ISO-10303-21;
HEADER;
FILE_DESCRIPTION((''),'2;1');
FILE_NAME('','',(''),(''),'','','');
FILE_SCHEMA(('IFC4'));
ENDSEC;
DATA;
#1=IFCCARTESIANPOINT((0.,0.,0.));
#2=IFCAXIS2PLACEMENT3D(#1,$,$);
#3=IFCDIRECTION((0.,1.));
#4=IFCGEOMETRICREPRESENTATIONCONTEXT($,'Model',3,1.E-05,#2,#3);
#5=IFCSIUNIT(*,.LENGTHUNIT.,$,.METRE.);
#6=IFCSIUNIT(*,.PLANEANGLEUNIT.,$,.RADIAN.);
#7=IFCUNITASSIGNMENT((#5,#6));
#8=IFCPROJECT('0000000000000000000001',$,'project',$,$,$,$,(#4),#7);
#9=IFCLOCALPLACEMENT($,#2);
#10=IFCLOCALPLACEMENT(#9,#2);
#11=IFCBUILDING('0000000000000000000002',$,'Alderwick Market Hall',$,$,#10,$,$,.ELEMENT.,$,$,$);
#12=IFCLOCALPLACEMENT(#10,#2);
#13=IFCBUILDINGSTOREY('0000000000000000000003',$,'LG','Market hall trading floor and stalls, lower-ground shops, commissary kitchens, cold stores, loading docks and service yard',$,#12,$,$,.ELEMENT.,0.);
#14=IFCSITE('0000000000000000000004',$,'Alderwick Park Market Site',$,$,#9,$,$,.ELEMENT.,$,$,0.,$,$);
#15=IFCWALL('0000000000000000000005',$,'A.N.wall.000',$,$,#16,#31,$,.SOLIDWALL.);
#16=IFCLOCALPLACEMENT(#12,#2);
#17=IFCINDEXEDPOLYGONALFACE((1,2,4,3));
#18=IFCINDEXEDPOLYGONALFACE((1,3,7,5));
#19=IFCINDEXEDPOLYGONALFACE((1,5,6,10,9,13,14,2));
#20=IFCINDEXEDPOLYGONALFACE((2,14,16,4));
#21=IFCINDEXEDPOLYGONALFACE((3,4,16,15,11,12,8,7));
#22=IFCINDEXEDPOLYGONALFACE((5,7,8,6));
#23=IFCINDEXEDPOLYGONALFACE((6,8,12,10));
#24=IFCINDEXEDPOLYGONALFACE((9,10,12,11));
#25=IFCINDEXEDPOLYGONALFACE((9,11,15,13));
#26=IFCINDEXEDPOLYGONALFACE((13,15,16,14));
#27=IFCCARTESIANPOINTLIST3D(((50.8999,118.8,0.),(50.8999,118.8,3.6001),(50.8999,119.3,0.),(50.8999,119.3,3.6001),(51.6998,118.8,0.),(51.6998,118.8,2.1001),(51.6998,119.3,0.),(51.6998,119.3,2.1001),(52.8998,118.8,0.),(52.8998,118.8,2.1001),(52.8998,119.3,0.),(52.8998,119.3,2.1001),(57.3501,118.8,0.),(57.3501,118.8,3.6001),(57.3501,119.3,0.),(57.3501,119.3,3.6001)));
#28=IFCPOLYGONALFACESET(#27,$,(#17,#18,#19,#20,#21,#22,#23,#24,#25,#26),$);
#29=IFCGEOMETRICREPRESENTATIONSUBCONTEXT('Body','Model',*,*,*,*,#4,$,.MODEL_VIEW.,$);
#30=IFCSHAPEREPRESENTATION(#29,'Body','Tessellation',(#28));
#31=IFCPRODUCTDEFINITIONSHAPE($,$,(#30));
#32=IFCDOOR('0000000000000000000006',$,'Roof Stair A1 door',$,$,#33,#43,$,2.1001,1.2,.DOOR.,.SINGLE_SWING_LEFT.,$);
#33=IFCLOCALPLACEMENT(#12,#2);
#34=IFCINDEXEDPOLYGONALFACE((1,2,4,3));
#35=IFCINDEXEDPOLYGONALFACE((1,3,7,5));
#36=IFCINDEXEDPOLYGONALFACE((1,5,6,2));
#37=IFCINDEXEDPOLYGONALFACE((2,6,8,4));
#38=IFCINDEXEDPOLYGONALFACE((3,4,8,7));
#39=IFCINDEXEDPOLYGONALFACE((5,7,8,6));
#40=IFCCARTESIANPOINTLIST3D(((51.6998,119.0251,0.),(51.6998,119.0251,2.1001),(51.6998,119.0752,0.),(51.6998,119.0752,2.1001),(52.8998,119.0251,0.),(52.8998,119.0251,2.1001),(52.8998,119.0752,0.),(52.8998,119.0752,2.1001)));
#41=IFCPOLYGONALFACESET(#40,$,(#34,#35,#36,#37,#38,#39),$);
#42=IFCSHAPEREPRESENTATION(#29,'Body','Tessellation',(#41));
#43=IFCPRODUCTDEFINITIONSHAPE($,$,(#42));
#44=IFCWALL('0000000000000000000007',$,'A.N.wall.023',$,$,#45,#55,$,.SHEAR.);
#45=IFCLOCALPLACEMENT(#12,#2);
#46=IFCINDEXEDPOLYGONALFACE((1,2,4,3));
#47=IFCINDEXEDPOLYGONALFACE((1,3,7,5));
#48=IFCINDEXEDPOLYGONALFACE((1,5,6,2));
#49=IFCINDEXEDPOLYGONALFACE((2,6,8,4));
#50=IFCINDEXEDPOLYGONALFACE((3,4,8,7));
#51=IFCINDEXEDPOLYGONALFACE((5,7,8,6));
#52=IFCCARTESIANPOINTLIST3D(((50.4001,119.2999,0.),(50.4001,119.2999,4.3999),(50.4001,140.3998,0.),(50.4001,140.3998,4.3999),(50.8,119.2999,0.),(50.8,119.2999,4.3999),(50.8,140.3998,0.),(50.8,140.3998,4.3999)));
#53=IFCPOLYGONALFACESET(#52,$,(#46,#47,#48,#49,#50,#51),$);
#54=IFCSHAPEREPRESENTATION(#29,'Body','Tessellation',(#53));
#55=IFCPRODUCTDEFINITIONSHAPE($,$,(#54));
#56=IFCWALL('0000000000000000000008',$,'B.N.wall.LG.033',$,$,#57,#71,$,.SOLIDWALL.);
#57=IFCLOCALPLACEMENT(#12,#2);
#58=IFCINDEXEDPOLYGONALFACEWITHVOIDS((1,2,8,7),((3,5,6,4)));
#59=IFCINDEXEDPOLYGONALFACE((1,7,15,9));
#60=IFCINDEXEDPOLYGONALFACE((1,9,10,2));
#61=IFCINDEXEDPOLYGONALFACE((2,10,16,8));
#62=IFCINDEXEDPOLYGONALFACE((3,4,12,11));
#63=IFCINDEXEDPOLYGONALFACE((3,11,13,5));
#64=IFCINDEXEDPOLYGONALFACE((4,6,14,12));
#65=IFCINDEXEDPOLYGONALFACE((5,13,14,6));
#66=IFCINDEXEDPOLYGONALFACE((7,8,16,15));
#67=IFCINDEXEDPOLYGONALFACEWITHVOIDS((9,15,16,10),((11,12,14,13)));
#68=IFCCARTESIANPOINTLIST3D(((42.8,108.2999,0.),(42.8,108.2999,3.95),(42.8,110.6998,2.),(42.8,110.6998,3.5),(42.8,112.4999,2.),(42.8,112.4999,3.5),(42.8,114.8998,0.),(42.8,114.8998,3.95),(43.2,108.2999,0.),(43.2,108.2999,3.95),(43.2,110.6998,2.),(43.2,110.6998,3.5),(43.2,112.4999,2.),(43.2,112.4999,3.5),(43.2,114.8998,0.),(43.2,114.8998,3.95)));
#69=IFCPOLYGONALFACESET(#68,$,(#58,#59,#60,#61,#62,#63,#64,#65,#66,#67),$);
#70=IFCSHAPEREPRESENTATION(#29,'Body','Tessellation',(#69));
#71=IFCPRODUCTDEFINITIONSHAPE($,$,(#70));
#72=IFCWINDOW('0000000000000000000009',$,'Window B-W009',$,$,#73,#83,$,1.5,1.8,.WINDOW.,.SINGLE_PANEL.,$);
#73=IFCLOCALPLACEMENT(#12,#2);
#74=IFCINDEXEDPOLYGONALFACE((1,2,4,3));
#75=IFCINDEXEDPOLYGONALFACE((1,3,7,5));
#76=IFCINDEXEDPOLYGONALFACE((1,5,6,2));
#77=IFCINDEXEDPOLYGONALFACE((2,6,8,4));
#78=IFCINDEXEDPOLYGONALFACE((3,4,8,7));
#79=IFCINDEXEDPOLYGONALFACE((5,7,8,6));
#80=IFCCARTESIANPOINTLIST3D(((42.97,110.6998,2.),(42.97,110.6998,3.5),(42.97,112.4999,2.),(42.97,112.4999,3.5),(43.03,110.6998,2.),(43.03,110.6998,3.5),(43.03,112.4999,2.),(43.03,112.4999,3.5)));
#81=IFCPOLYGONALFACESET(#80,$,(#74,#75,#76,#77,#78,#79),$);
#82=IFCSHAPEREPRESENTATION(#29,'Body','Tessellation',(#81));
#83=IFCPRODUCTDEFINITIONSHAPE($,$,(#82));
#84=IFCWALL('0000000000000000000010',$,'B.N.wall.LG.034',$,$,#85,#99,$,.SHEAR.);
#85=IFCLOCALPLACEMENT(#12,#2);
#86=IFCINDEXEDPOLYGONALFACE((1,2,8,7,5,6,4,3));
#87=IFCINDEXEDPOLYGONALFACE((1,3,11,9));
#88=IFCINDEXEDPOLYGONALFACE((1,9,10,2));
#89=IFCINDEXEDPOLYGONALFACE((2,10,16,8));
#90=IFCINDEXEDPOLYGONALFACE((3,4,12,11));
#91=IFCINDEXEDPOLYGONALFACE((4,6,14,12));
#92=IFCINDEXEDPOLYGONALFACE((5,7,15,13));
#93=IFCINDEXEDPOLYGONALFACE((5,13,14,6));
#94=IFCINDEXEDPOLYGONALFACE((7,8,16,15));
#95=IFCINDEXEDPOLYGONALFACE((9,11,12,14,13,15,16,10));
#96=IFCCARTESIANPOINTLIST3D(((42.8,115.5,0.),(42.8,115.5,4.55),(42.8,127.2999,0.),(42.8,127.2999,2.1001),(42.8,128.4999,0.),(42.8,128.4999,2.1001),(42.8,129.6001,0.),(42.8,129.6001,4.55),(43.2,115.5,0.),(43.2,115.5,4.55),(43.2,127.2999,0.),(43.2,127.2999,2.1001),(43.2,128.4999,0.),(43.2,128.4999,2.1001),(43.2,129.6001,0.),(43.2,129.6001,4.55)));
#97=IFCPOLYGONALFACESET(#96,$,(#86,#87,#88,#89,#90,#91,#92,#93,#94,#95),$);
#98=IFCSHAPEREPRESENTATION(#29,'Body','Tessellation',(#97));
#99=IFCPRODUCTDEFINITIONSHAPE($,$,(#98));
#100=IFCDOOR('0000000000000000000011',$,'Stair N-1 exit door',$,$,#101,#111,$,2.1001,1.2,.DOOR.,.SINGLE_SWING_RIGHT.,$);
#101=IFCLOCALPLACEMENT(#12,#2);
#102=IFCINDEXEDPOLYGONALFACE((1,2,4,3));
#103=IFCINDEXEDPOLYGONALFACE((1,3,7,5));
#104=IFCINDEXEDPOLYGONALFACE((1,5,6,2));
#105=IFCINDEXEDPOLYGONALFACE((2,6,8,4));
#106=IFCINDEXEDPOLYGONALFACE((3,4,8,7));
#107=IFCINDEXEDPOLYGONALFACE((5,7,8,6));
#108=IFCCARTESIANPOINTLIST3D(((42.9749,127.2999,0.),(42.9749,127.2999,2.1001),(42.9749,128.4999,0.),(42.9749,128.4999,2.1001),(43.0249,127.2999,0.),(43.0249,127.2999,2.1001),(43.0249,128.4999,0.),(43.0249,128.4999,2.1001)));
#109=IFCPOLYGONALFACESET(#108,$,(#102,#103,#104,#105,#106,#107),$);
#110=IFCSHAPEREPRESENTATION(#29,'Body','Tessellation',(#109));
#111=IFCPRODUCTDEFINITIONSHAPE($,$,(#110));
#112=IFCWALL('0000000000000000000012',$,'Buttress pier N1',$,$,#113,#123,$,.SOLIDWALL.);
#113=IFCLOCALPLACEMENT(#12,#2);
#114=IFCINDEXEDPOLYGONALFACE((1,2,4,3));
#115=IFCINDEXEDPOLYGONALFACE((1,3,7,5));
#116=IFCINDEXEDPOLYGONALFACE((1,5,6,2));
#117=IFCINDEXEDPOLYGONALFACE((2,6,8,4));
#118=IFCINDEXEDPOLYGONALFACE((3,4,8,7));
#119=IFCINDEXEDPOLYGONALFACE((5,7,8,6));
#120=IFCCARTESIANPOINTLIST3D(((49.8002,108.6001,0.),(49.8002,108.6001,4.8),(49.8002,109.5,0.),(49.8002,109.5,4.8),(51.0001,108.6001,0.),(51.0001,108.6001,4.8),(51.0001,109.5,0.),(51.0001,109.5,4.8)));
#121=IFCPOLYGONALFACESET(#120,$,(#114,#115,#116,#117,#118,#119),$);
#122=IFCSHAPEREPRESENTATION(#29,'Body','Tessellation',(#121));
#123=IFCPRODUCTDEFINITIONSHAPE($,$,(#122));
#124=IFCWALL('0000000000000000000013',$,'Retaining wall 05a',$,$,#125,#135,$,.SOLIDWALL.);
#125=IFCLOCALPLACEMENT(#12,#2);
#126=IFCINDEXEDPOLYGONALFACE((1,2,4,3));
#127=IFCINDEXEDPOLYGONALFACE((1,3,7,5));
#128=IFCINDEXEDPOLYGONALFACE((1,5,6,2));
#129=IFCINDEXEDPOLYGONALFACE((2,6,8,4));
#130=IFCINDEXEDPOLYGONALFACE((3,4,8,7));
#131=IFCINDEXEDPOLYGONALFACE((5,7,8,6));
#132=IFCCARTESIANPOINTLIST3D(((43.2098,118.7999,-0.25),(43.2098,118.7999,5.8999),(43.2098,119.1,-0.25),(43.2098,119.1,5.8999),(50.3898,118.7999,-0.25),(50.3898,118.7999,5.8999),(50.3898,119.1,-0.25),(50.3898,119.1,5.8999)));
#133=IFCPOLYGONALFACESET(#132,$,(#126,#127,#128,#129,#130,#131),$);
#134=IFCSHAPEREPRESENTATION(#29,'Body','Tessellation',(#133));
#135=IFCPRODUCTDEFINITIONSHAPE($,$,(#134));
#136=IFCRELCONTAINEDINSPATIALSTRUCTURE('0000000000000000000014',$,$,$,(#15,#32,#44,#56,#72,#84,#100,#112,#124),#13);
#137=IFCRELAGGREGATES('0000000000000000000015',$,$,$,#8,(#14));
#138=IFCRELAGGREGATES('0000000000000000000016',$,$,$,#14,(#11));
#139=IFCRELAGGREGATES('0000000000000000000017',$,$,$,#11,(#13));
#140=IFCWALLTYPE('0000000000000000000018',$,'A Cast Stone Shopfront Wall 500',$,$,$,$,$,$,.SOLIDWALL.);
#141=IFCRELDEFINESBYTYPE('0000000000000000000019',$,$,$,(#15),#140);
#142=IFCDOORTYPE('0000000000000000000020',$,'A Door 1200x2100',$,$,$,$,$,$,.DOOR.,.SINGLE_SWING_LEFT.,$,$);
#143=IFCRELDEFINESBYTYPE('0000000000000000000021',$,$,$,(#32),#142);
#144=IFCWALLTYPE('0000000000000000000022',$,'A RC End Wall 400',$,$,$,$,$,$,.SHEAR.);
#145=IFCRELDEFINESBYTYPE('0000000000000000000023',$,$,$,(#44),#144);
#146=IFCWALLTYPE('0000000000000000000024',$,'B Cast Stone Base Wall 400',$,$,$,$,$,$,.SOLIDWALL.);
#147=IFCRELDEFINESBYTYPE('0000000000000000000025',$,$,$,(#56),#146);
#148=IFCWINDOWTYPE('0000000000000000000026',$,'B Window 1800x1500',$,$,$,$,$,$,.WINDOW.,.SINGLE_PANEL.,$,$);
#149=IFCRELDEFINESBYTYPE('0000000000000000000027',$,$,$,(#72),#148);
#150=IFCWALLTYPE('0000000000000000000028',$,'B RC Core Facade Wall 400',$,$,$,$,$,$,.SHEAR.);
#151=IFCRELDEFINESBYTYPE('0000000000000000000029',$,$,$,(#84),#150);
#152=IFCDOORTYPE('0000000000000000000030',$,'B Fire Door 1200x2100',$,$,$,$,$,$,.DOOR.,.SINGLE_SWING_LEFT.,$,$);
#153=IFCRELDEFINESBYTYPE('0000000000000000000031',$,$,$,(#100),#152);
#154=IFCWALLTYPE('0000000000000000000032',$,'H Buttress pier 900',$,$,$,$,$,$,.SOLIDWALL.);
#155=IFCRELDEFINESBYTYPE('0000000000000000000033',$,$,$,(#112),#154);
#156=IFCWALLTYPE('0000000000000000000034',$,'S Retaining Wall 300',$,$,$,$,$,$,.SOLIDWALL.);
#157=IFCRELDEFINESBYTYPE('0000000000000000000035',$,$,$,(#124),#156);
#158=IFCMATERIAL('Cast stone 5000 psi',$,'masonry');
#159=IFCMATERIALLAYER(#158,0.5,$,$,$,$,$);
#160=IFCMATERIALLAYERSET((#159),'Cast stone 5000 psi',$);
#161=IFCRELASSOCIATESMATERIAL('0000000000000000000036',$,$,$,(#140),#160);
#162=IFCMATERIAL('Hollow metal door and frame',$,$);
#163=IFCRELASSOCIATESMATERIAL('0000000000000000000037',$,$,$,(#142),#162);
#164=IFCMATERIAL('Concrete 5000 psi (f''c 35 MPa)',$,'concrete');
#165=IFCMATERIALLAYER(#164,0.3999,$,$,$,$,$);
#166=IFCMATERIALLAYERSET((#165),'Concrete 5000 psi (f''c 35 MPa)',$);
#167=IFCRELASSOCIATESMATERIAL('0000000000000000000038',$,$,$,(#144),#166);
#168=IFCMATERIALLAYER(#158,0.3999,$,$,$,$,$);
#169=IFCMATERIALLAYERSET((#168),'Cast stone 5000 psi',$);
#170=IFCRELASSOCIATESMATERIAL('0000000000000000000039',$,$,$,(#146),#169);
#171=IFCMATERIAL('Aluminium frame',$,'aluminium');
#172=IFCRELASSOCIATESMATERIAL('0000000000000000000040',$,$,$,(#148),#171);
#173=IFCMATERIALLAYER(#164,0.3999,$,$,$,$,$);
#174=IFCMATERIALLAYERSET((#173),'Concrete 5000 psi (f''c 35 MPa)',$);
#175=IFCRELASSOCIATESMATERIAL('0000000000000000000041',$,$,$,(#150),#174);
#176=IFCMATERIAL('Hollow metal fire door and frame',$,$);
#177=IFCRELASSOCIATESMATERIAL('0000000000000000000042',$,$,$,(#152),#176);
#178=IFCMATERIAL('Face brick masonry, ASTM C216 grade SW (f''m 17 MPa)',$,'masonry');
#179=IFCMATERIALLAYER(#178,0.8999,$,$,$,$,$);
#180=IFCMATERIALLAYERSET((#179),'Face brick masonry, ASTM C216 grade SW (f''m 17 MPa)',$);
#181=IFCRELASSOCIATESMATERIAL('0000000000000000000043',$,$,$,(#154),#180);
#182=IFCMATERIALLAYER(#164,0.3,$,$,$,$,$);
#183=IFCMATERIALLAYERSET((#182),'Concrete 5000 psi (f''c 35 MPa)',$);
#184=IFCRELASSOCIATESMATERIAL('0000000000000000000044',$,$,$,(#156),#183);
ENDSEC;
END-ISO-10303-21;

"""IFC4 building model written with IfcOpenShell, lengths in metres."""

from ifc_helpers import new_model, si_unit, direction, frame, frame_2d, origin, place, context, subcontext, project, spatial, rectangle, extrude, material, layer, layer_set, type_object, element, fill, save


model = new_model("IFC4")

# Units and contexts
model_context = context("Model", 3, precision=1e-05, world=origin(), true_north=direction((0.0, 1.0)))
body_context = subcontext(model_context, "Body", "Model", "MODEL_VIEW")
ifc_project = project(units=[si_unit("LENGTHUNIT", "METRE"), si_unit("PLANEANGLEUNIT", "RADIAN")], contexts=[model_context])

# Site, building, storey
site_placement = place(None, origin())
site = spatial("IfcSite", under=ifc_project, at=site_placement, Name="Alderwick Park Market Site", CompositionType="ELEMENT", RefElevation=0.0)
building_placement = place(site_placement, origin())
building = spatial("IfcBuilding", under=site, at=building_placement, Name="Alderwick Market Hall", CompositionType="ELEMENT")
storey_placement = place(building_placement, origin())
storey = spatial("IfcBuildingStorey", under=building, at=storey_placement, Name="LG", Description="Market hall trading floor and stalls, lower-ground shops, commissary kitchens, cold stores, loading docks and service yard", CompositionType="ELEMENT", Elevation=0.0)

# Shared definitions
ifc_material_1 = material(Name="Concrete 5000 psi (f'c 35 MPa)", Category="concrete")

# Wall, opening, door
ifc_material_2 = material(Name="Cast stone 5000 psi", Category="masonry")
ifc_layer_1 = layer(ifc_material_2, 0.5)
ifc_layer_set_1 = layer_set([ifc_layer_1], Name="Cast stone 5000 psi")
wall_type_1 = type_object("IfcWallType", Name="A Cast Stone Shopfront Wall 500", PredefinedType="SOLIDWALL", material=ifc_layer_set_1)
wall_1_placement = place(storey_placement, frame((50.8999, 119.05, 0.0), z_axis=(0.0, 0.0, 1.0), x_axis=(1.0, 0.0, 0.0)))
wall_1 = element("IfcWall", 1, at=wall_1_placement, inside=storey, type_object=wall_type_1, Name="A.N.wall.000", PredefinedType="SOLIDWALL", context=body_context, shape_type="SweptSolid", body=[
    extrude(rectangle(XDim=6.4502, YDim=0.5, at=frame_2d((3.2251, 0.0))), origin(), (0.0, 0.0, 1.0), 3.6001),
])
opening_1_placement = place(wall_1_placement, frame((2.0, 0.0, 0.0), z_axis=(0.0, 0.0, 1.0), x_axis=(-1.0, 0.0, 0.0)))
opening_1 = element("IfcOpeningElement", 2, at=opening_1_placement, cuts=wall_1, PredefinedType="OPENING", context=body_context, shape_type="SweptSolid", body=[
    extrude(rectangle(XDim=1.2, YDim=2.1001, at=frame_2d((0.6001, 1.05))), frame((0.0, 0.26, 0.0), z_axis=(0.0, -1.0, 0.0), x_axis=(1.0, 0.0, 0.0)), (0.0, 0.0, 1.0), 0.52),
])
ifc_material_3 = material(Name="Hollow metal door and frame")
door_type_1 = type_object("IfcDoorType", Name="A Door 1200x2100", OperationType="SINGLE_SWING_LEFT", PredefinedType="DOOR", material=ifc_material_3)
door_1_placement = place(opening_1_placement, origin())
door_1 = element("IfcDoor", 3, at=door_1_placement, inside=storey, type_object=door_type_1, Name="Roof Stair A1 door", OperationType="SINGLE_SWING_LEFT", OverallHeight=2.1001, OverallWidth=1.2, PredefinedType="DOOR", context=body_context, shape_type="SweptSolid", body=[
    extrude(rectangle(XDim=1.2, YDim=2.1001, at=frame_2d((0.6001, 1.05))), frame((0.0, 0.0249, 0.0), z_axis=(0.0, -1.0, 0.0), x_axis=(1.0, 0.0, 0.0)), (0.0, 0.0, 1.0), 0.05),
])
fill(opening_1, door_1)

# Wall
ifc_layer_2 = layer(ifc_material_1, 0.3999)
ifc_layer_set_2 = layer_set([ifc_layer_2], Name="Concrete 5000 psi (f'c 35 MPa)")
wall_type_2 = type_object("IfcWallType", Name="A RC End Wall 400", PredefinedType="SHEAR", material=ifc_layer_set_2)
wall_2_placement = place(storey_placement, frame((50.6001, 119.3, 0.0), z_axis=(0.0, 0.0, 1.0), x_axis=(0.0, 1.0, 0.0)))
element("IfcWall", 4, at=wall_2_placement, inside=storey, type_object=wall_type_2, Name="A.N.wall.023", PredefinedType="SHEAR", context=body_context, shape_type="SweptSolid", body=[
    extrude(rectangle(XDim=21.0999, YDim=0.3999, at=frame_2d((10.5498, 0.0))), origin(), (0.0, 0.0, 1.0), 4.3999),
])

# Wall, opening, window
ifc_layer_3 = layer(ifc_material_2, 0.3999)
ifc_layer_set_3 = layer_set([ifc_layer_3], Name="Cast stone 5000 psi")
wall_type_3 = type_object("IfcWallType", Name="B Cast Stone Base Wall 400", PredefinedType="SOLIDWALL", material=ifc_layer_set_3)
wall_3_placement = place(storey_placement, frame((43.0, 108.3, 0.0), z_axis=(0.0, 0.0, 1.0), x_axis=(0.0, 1.0, 0.0)))
wall_3 = element("IfcWall", 5, at=wall_3_placement, inside=storey, type_object=wall_type_3, Name="B.N.wall.LG.033", PredefinedType="SOLIDWALL", context=body_context, shape_type="SweptSolid", body=[
    extrude(rectangle(XDim=6.5999, YDim=0.3999, at=frame_2d((3.2998, 0.0))), origin(), (0.0, 0.0, 1.0), 3.95),
])
opening_2_placement = place(wall_3_placement, frame((2.3999, 0.0, 2.0)))
opening_2 = element("IfcOpeningElement", 6, at=opening_2_placement, cuts=wall_3, PredefinedType="OPENING", context=body_context, shape_type="SweptSolid", body=[
    extrude(rectangle(XDim=1.8, YDim=1.5, at=frame_2d((0.8999, 0.75))), frame((0.0, 0.21, 0.0), z_axis=(0.0, -1.0, 0.0), x_axis=(1.0, 0.0, 0.0)), (0.0, 0.0, 1.0), 0.4199),
])
ifc_material_4 = material(Name="Aluminium frame", Category="aluminium")
window_type = type_object("IfcWindowType", Name="B Window 1800x1500", PartitioningType="SINGLE_PANEL", PredefinedType="WINDOW", material=ifc_material_4)
window_placement = place(opening_2_placement, origin())
window = element("IfcWindow", 7, at=window_placement, inside=storey, type_object=window_type, Name="Window B-W009", OverallHeight=1.5, OverallWidth=1.8, PartitioningType="SINGLE_PANEL", PredefinedType="WINDOW", context=body_context, shape_type="SweptSolid", body=[
    extrude(rectangle(XDim=1.8, YDim=1.5, at=frame_2d((0.8999, 0.75))), frame((0.0, 0.03, 0.0), z_axis=(0.0, -1.0, 0.0), x_axis=(1.0, 0.0, 0.0)), (0.0, 0.0, 1.0), 0.0601),
])
fill(opening_2, window)

# Wall, opening, door
ifc_layer_4 = layer(ifc_material_1, 0.3999)
ifc_layer_set_4 = layer_set([ifc_layer_4], Name="Concrete 5000 psi (f'c 35 MPa)")
wall_type_4 = type_object("IfcWallType", Name="B RC Core Facade Wall 400", PredefinedType="SHEAR", material=ifc_layer_set_4)
wall_4_placement = place(storey_placement, frame((43.0, 115.5, 0.0), z_axis=(0.0, 0.0, 1.0), x_axis=(0.0, 1.0, 0.0)))
wall_4 = element("IfcWall", 8, at=wall_4_placement, inside=storey, type_object=wall_type_4, Name="B.N.wall.LG.034", PredefinedType="SHEAR", context=body_context, shape_type="SweptSolid", body=[
    extrude(rectangle(XDim=14.1001, YDim=0.3999, at=frame_2d((7.05, 0.0))), origin(), (0.0, 0.0, 1.0), 4.55),
])
opening_3_placement = place(wall_4_placement, frame((13.0, 0.0, 0.0), z_axis=(0.0, 0.0, 1.0), x_axis=(-1.0, 0.0, 0.0)))
opening_3 = element("IfcOpeningElement", 9, at=opening_3_placement, cuts=wall_4, PredefinedType="OPENING", context=body_context, shape_type="SweptSolid", body=[
    extrude(rectangle(XDim=1.2, YDim=2.1001, at=frame_2d((0.6001, 1.05))), frame((0.0, 0.21, 0.0), z_axis=(0.0, -1.0, 0.0), x_axis=(1.0, 0.0, 0.0)), (0.0, 0.0, 1.0), 0.4199),
])
ifc_material_5 = material(Name="Hollow metal fire door and frame")
door_type_2 = type_object("IfcDoorType", Name="B Fire Door 1200x2100", OperationType="SINGLE_SWING_LEFT", PredefinedType="DOOR", material=ifc_material_5)
door_2_placement = place(opening_3_placement, origin())
door_2 = element("IfcDoor", 10, at=door_2_placement, inside=storey, type_object=door_type_2, Name="Stair N-1 exit door", OperationType="SINGLE_SWING_RIGHT", OverallHeight=2.1001, OverallWidth=1.2, PredefinedType="DOOR", context=body_context, shape_type="SweptSolid", body=[
    extrude(rectangle(XDim=1.2, YDim=2.1001, at=frame_2d((0.6001, 1.05))), frame((0.0, 0.0249, 0.0), z_axis=(0.0, -1.0, 0.0), x_axis=(1.0, 0.0, 0.0)), (0.0, 0.0, 1.0), 0.05),
])
fill(opening_3, door_2)

# Walls
ifc_material_6 = material(Name="Face brick masonry, ASTM C216 grade SW (f'm 17 MPa)", Category="masonry")
ifc_layer_5 = layer(ifc_material_6, 0.8999)
ifc_layer_set_5 = layer_set([ifc_layer_5], Name="Face brick masonry, ASTM C216 grade SW (f'm 17 MPa)")
wall_type_5 = type_object("IfcWallType", Name="H Buttress pier 900", PredefinedType="SOLIDWALL", material=ifc_layer_set_5)
wall_5_placement = place(storey_placement, frame((49.8, 109.05, 0.0), z_axis=(0.0, 0.0, 1.0), x_axis=(1.0, 0.0, 0.0)))
element("IfcWall", 11, at=wall_5_placement, inside=storey, type_object=wall_type_5, Name="Buttress pier N1", PredefinedType="SOLIDWALL", context=body_context, shape_type="SweptSolid", body=[
    extrude(rectangle(XDim=1.2, YDim=0.8999, at=frame_2d((0.6001, 0.0))), origin(), (0.0, 0.0, 1.0), 4.8),
])
ifc_layer_6 = layer(ifc_material_1, 0.3)
ifc_layer_set_6 = layer_set([ifc_layer_6], Name="Concrete 5000 psi (f'c 35 MPa)")
wall_type_6 = type_object("IfcWallType", Name="S Retaining Wall 300", PredefinedType="SOLIDWALL", material=ifc_layer_set_6)
wall_6_placement = place(storey_placement, frame((43.21, 118.95, -0.25), z_axis=(0.0, 0.0, 1.0), x_axis=(1.0, 0.0, 0.0)))
element("IfcWall", 12, at=wall_6_placement, inside=storey, type_object=wall_type_6, Name="Retaining wall 05a", PredefinedType="SOLIDWALL", context=body_context, shape_type="SweptSolid", body=[
    extrude(rectangle(XDim=7.1799, YDim=0.3, at=frame_2d((3.5898, 0.0))), origin(), (0.0, 0.0, 1.0), 6.1499),
])

save(model, "model.ifc")
